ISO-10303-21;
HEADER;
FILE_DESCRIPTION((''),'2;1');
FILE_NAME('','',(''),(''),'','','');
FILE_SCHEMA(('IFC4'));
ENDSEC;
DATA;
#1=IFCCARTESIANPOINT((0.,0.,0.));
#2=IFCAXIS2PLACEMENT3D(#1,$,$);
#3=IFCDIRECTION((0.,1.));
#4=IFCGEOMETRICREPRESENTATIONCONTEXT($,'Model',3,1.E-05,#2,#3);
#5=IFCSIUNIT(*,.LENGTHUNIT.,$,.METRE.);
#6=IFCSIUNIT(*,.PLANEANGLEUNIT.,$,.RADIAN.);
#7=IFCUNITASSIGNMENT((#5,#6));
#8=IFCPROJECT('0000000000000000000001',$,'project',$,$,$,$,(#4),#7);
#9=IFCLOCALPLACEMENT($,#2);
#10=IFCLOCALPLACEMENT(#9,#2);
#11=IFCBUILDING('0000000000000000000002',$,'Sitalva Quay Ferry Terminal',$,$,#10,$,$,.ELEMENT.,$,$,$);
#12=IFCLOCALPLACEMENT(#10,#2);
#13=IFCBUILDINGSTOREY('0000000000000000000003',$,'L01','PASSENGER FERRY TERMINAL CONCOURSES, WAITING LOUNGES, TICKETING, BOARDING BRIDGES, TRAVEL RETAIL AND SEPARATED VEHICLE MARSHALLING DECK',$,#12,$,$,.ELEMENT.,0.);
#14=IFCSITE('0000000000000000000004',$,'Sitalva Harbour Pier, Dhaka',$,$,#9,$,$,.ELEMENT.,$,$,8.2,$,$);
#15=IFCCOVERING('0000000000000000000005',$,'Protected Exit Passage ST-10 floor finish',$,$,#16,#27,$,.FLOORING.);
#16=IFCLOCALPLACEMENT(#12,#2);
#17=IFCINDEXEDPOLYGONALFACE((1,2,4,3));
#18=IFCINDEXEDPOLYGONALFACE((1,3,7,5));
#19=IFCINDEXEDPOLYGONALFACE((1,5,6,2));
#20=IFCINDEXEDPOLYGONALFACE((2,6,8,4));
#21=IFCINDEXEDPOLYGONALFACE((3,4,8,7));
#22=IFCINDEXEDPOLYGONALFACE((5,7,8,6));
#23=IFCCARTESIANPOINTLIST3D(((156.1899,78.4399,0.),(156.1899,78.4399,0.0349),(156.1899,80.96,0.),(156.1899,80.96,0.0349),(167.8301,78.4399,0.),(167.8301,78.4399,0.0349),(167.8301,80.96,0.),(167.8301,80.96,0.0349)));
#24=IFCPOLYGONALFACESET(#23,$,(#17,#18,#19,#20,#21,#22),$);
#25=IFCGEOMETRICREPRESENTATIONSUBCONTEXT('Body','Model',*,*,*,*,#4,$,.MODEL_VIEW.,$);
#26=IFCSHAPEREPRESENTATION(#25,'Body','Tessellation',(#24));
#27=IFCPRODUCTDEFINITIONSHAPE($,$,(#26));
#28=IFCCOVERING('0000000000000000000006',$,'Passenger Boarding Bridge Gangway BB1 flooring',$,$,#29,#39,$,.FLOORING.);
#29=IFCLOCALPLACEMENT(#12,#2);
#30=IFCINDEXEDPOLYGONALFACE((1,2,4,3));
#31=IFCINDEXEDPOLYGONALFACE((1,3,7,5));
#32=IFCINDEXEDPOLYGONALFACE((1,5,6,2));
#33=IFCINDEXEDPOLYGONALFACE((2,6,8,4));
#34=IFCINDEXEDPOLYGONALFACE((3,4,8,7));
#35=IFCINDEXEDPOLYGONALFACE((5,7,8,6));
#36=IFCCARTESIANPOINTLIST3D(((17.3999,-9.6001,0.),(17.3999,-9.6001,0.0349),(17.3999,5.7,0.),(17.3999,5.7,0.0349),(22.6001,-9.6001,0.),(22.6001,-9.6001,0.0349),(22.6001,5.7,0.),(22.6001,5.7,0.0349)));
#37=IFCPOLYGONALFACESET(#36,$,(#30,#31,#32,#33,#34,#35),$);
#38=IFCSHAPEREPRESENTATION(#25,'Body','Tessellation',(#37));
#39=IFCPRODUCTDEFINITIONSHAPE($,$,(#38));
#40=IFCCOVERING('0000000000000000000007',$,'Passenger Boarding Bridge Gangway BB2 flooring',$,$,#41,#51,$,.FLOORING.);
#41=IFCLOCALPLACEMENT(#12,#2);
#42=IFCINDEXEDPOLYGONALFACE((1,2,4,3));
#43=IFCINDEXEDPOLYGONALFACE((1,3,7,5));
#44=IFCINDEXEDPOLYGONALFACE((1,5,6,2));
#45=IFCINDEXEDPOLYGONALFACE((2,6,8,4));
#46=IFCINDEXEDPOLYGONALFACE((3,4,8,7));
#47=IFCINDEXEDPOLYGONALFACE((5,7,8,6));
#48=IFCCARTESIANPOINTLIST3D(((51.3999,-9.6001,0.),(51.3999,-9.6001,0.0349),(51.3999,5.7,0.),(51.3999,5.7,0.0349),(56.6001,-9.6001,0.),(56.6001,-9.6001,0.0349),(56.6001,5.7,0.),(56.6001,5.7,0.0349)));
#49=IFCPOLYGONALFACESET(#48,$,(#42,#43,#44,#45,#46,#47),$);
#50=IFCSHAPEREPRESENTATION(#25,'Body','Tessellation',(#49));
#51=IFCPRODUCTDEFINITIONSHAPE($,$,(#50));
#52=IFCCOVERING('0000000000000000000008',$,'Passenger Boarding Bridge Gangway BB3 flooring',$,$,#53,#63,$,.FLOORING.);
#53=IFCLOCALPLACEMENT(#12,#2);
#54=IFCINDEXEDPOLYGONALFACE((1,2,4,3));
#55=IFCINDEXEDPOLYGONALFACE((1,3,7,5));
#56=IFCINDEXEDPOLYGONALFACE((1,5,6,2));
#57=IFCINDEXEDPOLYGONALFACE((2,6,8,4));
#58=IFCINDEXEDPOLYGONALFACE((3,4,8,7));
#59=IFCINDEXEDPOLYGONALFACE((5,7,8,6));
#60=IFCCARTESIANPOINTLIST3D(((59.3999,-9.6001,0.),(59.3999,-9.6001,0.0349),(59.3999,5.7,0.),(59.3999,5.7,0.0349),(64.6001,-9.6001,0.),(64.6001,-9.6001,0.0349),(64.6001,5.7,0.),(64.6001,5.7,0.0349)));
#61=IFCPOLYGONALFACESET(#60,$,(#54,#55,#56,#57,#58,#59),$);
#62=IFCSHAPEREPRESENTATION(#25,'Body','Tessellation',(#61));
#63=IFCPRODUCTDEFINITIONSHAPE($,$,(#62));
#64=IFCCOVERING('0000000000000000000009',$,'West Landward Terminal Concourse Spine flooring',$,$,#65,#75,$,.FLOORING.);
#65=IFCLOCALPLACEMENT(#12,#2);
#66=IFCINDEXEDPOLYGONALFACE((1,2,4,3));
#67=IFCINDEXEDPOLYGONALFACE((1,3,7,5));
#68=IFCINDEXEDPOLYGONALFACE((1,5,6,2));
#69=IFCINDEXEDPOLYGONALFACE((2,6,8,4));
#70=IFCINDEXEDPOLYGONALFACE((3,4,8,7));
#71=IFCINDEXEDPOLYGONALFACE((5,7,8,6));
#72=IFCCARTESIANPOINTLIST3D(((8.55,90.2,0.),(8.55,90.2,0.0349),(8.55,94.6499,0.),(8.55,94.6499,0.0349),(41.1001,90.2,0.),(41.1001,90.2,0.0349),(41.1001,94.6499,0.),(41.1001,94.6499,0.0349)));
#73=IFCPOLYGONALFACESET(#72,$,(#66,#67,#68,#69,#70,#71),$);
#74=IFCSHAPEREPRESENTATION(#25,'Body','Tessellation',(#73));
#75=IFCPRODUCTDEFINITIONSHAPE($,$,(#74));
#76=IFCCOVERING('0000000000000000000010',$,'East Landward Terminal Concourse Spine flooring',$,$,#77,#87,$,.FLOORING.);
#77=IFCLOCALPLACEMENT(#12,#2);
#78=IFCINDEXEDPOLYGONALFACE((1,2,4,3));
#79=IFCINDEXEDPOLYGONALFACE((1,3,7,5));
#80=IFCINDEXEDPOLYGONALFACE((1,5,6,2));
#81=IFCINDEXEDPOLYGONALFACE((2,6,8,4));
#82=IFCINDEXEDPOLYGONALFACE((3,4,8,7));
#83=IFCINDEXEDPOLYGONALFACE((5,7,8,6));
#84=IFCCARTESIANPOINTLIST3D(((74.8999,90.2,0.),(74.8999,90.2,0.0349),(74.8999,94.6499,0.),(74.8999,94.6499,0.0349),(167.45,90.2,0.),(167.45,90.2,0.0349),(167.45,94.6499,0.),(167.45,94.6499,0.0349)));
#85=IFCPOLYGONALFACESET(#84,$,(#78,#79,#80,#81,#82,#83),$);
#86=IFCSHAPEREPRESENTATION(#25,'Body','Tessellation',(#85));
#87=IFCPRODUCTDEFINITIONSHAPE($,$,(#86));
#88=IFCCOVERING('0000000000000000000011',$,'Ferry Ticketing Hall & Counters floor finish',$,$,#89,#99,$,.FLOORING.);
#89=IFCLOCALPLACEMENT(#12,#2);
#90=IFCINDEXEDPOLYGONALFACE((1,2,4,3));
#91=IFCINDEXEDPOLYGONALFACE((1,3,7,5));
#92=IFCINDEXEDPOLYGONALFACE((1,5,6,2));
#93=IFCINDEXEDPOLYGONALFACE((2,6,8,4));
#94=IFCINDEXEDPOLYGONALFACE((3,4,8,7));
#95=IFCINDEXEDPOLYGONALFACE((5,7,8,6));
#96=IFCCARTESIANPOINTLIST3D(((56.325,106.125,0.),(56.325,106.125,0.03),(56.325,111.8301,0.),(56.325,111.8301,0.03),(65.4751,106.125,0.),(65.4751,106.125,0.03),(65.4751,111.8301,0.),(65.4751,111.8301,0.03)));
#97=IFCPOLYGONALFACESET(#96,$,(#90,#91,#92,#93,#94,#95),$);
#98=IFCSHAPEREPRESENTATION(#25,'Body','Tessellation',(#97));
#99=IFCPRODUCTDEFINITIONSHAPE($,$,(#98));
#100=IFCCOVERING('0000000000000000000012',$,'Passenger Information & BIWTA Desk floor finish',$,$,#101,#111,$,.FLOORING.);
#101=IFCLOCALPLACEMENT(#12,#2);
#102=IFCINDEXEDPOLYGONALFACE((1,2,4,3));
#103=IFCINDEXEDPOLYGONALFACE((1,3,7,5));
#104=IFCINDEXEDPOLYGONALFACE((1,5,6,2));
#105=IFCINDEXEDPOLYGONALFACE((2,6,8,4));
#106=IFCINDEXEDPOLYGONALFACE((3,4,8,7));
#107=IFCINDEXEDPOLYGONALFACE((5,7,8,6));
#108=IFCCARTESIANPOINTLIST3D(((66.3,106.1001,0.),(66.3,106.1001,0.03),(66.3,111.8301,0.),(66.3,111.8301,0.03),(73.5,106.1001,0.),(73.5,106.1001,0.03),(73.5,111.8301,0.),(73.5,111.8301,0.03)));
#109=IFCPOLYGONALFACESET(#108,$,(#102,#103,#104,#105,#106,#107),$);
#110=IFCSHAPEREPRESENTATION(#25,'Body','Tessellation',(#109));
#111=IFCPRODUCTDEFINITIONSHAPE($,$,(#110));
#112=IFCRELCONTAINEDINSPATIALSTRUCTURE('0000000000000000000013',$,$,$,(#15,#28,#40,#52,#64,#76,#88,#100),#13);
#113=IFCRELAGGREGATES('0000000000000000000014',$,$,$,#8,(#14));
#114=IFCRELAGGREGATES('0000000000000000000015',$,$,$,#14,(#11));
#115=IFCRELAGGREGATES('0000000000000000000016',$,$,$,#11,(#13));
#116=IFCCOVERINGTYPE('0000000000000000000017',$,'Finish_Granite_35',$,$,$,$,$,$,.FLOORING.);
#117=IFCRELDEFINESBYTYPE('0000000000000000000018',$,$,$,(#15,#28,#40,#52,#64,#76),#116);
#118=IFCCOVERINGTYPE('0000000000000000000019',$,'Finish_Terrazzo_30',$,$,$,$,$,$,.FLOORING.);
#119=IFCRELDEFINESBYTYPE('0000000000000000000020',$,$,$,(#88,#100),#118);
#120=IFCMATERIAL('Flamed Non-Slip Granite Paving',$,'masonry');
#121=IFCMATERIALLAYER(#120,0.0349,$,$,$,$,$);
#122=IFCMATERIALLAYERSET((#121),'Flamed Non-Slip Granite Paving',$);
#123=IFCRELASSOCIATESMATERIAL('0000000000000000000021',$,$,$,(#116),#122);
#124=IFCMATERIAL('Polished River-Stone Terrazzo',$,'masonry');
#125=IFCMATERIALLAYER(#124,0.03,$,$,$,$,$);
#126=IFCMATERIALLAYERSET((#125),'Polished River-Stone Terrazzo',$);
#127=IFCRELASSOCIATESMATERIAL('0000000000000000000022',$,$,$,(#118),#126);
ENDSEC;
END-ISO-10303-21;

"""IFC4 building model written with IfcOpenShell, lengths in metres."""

from ifc_helpers import new_model, si_unit, direction, origin, place, context, subcontext, project, spatial, polyline, outline, extrude, material, layer, layer_set, type_object, element, save


model = new_model("IFC4")

# Units and contexts
model_context = context("Model", 3, precision=1e-05, world=origin(), true_north=direction((0.0, 1.0)))
body_context = subcontext(model_context, "Body", "Model", "MODEL_VIEW")
ifc_project = project(units=[si_unit("LENGTHUNIT", "METRE"), si_unit("PLANEANGLEUNIT", "RADIAN")], contexts=[model_context])

# Site, building, storey
site_placement = place(None, origin())
site = spatial("IfcSite", under=ifc_project, at=site_placement, Name="Sitalva Harbour Pier, Dhaka", CompositionType="ELEMENT", RefElevation=8.2)
building_placement = place(site_placement, origin())
building = spatial("IfcBuilding", under=site, at=building_placement, Name="Sitalva Quay Ferry Terminal", CompositionType="ELEMENT")
storey_placement = place(building_placement, origin())
storey = spatial("IfcBuildingStorey", under=building, at=storey_placement, Name="L01", Description="PASSENGER FERRY TERMINAL CONCOURSES, WAITING LOUNGES, TICKETING, BOARDING BRIDGES, TRAVEL RETAIL AND SEPARATED VEHICLE MARSHALLING DECK", CompositionType="ELEMENT", Elevation=0.0)

# Coverings
ifc_material_1 = material(Name="Flamed Non-Slip Granite Paving", Category="masonry")
ifc_layer_1 = layer(ifc_material_1, 0.0349)
ifc_layer_set_1 = layer_set([ifc_layer_1], Name="Flamed Non-Slip Granite Paving")
covering_type_1 = type_object("IfcCoveringType", Name="Finish_Granite_35", PredefinedType="FLOORING", material=ifc_layer_set_1)
covering_1_placement = place(storey_placement, origin())
element("IfcCovering", 1, at=covering_1_placement, inside=storey, type_object=covering_type_1, Name="Protected Exit Passage ST-10 floor finish", PredefinedType="FLOORING", context=body_context, shape_type="SweptSolid", body=[
    extrude(outline(polyline([(156.1899, 78.4399), (167.8301, 78.4399), (167.8301, 80.96), (156.1899, 80.96), (156.1899, 78.4399)])), origin(), (0.0, 0.0, 1.0), 0.0349),
])
covering_2_placement = place(storey_placement, origin())
element("IfcCovering", 2, at=covering_2_placement, inside=storey, type_object=covering_type_1, Name="Passenger Boarding Bridge Gangway BB1 flooring", PredefinedType="FLOORING", context=body_context, shape_type="SweptSolid", body=[
    extrude(outline(polyline([(17.3999, -9.6001), (22.6001, -9.6001), (22.6001, 5.7), (17.3999, 5.7), (17.3999, -9.6001)])), origin(), (0.0, 0.0, 1.0), 0.0349),
])
covering_3_placement = place(storey_placement, origin())
element("IfcCovering", 3, at=covering_3_placement, inside=storey, type_object=covering_type_1, Name="Passenger Boarding Bridge Gangway BB2 flooring", PredefinedType="FLOORING", context=body_context, shape_type="SweptSolid", body=[
    extrude(outline(polyline([(51.3999, -9.6001), (56.6001, -9.6001), (56.6001, 5.7), (51.3999, 5.7), (51.3999, -9.6001)])), origin(), (0.0, 0.0, 1.0), 0.0349),
])
covering_4_placement = place(storey_placement, origin())
element("IfcCovering", 4, at=covering_4_placement, inside=storey, type_object=covering_type_1, Name="Passenger Boarding Bridge Gangway BB3 flooring", PredefinedType="FLOORING", context=body_context, shape_type="SweptSolid", body=[
    extrude(outline(polyline([(59.3999, -9.6001), (64.6001, -9.6001), (64.6001, 5.7), (59.3999, 5.7), (59.3999, -9.6001)])), origin(), (0.0, 0.0, 1.0), 0.0349),
])
covering_5_placement = place(storey_placement, origin())
element("IfcCovering", 5, at=covering_5_placement, inside=storey, type_object=covering_type_1, Name="West Landward Terminal Concourse Spine flooring", PredefinedType="FLOORING", context=body_context, shape_type="SweptSolid", body=[
    extrude(outline(polyline([(8.55, 90.2), (41.1001, 90.2), (41.1001, 94.6499), (8.55, 94.6499), (8.55, 90.2)])), origin(), (0.0, 0.0, 1.0), 0.0349),
])
covering_6_placement = place(storey_placement, origin())
element("IfcCovering", 6, at=covering_6_placement, inside=storey, type_object=covering_type_1, Name="East Landward Terminal Concourse Spine flooring", PredefinedType="FLOORING", context=body_context, shape_type="SweptSolid", body=[
    extrude(outline(polyline([(74.8999, 90.2), (167.45, 90.2), (167.45, 94.6499), (74.8999, 94.6499), (74.8999, 90.2)])), origin(), (0.0, 0.0, 1.0), 0.0349),
])
ifc_material_2 = material(Name="Polished River-Stone Terrazzo", Category="masonry")
ifc_layer_2 = layer(ifc_material_2, 0.03)
ifc_layer_set_2 = layer_set([ifc_layer_2], Name="Polished River-Stone Terrazzo")
covering_type_2 = type_object("IfcCoveringType", Name="Finish_Terrazzo_30", PredefinedType="FLOORING", material=ifc_layer_set_2)
covering_7_placement = place(storey_placement, origin())
element("IfcCovering", 7, at=covering_7_placement, inside=storey, type_object=covering_type_2, Name="Ferry Ticketing Hall & Counters floor finish", PredefinedType="FLOORING", context=body_context, shape_type="SweptSolid", body=[
    extrude(outline(polyline([(56.325, 106.125), (65.4751, 106.125), (65.4751, 111.8301), (56.325, 111.8301), (56.325, 106.125)])), origin(), (0.0, 0.0, 1.0), 0.03),
])
covering_8_placement = place(storey_placement, origin())
element("IfcCovering", 8, at=covering_8_placement, inside=storey, type_object=covering_type_2, Name="Passenger Information & BIWTA Desk floor finish", PredefinedType="FLOORING", context=body_context, shape_type="SweptSolid", body=[
    extrude(outline(polyline([(66.3, 106.1001), (73.5, 106.1001), (73.5, 111.8301), (66.3, 111.8301), (66.3, 106.1001)])), origin(), (0.0, 0.0, 1.0), 0.03),
])

save(model, "model.ifc")
